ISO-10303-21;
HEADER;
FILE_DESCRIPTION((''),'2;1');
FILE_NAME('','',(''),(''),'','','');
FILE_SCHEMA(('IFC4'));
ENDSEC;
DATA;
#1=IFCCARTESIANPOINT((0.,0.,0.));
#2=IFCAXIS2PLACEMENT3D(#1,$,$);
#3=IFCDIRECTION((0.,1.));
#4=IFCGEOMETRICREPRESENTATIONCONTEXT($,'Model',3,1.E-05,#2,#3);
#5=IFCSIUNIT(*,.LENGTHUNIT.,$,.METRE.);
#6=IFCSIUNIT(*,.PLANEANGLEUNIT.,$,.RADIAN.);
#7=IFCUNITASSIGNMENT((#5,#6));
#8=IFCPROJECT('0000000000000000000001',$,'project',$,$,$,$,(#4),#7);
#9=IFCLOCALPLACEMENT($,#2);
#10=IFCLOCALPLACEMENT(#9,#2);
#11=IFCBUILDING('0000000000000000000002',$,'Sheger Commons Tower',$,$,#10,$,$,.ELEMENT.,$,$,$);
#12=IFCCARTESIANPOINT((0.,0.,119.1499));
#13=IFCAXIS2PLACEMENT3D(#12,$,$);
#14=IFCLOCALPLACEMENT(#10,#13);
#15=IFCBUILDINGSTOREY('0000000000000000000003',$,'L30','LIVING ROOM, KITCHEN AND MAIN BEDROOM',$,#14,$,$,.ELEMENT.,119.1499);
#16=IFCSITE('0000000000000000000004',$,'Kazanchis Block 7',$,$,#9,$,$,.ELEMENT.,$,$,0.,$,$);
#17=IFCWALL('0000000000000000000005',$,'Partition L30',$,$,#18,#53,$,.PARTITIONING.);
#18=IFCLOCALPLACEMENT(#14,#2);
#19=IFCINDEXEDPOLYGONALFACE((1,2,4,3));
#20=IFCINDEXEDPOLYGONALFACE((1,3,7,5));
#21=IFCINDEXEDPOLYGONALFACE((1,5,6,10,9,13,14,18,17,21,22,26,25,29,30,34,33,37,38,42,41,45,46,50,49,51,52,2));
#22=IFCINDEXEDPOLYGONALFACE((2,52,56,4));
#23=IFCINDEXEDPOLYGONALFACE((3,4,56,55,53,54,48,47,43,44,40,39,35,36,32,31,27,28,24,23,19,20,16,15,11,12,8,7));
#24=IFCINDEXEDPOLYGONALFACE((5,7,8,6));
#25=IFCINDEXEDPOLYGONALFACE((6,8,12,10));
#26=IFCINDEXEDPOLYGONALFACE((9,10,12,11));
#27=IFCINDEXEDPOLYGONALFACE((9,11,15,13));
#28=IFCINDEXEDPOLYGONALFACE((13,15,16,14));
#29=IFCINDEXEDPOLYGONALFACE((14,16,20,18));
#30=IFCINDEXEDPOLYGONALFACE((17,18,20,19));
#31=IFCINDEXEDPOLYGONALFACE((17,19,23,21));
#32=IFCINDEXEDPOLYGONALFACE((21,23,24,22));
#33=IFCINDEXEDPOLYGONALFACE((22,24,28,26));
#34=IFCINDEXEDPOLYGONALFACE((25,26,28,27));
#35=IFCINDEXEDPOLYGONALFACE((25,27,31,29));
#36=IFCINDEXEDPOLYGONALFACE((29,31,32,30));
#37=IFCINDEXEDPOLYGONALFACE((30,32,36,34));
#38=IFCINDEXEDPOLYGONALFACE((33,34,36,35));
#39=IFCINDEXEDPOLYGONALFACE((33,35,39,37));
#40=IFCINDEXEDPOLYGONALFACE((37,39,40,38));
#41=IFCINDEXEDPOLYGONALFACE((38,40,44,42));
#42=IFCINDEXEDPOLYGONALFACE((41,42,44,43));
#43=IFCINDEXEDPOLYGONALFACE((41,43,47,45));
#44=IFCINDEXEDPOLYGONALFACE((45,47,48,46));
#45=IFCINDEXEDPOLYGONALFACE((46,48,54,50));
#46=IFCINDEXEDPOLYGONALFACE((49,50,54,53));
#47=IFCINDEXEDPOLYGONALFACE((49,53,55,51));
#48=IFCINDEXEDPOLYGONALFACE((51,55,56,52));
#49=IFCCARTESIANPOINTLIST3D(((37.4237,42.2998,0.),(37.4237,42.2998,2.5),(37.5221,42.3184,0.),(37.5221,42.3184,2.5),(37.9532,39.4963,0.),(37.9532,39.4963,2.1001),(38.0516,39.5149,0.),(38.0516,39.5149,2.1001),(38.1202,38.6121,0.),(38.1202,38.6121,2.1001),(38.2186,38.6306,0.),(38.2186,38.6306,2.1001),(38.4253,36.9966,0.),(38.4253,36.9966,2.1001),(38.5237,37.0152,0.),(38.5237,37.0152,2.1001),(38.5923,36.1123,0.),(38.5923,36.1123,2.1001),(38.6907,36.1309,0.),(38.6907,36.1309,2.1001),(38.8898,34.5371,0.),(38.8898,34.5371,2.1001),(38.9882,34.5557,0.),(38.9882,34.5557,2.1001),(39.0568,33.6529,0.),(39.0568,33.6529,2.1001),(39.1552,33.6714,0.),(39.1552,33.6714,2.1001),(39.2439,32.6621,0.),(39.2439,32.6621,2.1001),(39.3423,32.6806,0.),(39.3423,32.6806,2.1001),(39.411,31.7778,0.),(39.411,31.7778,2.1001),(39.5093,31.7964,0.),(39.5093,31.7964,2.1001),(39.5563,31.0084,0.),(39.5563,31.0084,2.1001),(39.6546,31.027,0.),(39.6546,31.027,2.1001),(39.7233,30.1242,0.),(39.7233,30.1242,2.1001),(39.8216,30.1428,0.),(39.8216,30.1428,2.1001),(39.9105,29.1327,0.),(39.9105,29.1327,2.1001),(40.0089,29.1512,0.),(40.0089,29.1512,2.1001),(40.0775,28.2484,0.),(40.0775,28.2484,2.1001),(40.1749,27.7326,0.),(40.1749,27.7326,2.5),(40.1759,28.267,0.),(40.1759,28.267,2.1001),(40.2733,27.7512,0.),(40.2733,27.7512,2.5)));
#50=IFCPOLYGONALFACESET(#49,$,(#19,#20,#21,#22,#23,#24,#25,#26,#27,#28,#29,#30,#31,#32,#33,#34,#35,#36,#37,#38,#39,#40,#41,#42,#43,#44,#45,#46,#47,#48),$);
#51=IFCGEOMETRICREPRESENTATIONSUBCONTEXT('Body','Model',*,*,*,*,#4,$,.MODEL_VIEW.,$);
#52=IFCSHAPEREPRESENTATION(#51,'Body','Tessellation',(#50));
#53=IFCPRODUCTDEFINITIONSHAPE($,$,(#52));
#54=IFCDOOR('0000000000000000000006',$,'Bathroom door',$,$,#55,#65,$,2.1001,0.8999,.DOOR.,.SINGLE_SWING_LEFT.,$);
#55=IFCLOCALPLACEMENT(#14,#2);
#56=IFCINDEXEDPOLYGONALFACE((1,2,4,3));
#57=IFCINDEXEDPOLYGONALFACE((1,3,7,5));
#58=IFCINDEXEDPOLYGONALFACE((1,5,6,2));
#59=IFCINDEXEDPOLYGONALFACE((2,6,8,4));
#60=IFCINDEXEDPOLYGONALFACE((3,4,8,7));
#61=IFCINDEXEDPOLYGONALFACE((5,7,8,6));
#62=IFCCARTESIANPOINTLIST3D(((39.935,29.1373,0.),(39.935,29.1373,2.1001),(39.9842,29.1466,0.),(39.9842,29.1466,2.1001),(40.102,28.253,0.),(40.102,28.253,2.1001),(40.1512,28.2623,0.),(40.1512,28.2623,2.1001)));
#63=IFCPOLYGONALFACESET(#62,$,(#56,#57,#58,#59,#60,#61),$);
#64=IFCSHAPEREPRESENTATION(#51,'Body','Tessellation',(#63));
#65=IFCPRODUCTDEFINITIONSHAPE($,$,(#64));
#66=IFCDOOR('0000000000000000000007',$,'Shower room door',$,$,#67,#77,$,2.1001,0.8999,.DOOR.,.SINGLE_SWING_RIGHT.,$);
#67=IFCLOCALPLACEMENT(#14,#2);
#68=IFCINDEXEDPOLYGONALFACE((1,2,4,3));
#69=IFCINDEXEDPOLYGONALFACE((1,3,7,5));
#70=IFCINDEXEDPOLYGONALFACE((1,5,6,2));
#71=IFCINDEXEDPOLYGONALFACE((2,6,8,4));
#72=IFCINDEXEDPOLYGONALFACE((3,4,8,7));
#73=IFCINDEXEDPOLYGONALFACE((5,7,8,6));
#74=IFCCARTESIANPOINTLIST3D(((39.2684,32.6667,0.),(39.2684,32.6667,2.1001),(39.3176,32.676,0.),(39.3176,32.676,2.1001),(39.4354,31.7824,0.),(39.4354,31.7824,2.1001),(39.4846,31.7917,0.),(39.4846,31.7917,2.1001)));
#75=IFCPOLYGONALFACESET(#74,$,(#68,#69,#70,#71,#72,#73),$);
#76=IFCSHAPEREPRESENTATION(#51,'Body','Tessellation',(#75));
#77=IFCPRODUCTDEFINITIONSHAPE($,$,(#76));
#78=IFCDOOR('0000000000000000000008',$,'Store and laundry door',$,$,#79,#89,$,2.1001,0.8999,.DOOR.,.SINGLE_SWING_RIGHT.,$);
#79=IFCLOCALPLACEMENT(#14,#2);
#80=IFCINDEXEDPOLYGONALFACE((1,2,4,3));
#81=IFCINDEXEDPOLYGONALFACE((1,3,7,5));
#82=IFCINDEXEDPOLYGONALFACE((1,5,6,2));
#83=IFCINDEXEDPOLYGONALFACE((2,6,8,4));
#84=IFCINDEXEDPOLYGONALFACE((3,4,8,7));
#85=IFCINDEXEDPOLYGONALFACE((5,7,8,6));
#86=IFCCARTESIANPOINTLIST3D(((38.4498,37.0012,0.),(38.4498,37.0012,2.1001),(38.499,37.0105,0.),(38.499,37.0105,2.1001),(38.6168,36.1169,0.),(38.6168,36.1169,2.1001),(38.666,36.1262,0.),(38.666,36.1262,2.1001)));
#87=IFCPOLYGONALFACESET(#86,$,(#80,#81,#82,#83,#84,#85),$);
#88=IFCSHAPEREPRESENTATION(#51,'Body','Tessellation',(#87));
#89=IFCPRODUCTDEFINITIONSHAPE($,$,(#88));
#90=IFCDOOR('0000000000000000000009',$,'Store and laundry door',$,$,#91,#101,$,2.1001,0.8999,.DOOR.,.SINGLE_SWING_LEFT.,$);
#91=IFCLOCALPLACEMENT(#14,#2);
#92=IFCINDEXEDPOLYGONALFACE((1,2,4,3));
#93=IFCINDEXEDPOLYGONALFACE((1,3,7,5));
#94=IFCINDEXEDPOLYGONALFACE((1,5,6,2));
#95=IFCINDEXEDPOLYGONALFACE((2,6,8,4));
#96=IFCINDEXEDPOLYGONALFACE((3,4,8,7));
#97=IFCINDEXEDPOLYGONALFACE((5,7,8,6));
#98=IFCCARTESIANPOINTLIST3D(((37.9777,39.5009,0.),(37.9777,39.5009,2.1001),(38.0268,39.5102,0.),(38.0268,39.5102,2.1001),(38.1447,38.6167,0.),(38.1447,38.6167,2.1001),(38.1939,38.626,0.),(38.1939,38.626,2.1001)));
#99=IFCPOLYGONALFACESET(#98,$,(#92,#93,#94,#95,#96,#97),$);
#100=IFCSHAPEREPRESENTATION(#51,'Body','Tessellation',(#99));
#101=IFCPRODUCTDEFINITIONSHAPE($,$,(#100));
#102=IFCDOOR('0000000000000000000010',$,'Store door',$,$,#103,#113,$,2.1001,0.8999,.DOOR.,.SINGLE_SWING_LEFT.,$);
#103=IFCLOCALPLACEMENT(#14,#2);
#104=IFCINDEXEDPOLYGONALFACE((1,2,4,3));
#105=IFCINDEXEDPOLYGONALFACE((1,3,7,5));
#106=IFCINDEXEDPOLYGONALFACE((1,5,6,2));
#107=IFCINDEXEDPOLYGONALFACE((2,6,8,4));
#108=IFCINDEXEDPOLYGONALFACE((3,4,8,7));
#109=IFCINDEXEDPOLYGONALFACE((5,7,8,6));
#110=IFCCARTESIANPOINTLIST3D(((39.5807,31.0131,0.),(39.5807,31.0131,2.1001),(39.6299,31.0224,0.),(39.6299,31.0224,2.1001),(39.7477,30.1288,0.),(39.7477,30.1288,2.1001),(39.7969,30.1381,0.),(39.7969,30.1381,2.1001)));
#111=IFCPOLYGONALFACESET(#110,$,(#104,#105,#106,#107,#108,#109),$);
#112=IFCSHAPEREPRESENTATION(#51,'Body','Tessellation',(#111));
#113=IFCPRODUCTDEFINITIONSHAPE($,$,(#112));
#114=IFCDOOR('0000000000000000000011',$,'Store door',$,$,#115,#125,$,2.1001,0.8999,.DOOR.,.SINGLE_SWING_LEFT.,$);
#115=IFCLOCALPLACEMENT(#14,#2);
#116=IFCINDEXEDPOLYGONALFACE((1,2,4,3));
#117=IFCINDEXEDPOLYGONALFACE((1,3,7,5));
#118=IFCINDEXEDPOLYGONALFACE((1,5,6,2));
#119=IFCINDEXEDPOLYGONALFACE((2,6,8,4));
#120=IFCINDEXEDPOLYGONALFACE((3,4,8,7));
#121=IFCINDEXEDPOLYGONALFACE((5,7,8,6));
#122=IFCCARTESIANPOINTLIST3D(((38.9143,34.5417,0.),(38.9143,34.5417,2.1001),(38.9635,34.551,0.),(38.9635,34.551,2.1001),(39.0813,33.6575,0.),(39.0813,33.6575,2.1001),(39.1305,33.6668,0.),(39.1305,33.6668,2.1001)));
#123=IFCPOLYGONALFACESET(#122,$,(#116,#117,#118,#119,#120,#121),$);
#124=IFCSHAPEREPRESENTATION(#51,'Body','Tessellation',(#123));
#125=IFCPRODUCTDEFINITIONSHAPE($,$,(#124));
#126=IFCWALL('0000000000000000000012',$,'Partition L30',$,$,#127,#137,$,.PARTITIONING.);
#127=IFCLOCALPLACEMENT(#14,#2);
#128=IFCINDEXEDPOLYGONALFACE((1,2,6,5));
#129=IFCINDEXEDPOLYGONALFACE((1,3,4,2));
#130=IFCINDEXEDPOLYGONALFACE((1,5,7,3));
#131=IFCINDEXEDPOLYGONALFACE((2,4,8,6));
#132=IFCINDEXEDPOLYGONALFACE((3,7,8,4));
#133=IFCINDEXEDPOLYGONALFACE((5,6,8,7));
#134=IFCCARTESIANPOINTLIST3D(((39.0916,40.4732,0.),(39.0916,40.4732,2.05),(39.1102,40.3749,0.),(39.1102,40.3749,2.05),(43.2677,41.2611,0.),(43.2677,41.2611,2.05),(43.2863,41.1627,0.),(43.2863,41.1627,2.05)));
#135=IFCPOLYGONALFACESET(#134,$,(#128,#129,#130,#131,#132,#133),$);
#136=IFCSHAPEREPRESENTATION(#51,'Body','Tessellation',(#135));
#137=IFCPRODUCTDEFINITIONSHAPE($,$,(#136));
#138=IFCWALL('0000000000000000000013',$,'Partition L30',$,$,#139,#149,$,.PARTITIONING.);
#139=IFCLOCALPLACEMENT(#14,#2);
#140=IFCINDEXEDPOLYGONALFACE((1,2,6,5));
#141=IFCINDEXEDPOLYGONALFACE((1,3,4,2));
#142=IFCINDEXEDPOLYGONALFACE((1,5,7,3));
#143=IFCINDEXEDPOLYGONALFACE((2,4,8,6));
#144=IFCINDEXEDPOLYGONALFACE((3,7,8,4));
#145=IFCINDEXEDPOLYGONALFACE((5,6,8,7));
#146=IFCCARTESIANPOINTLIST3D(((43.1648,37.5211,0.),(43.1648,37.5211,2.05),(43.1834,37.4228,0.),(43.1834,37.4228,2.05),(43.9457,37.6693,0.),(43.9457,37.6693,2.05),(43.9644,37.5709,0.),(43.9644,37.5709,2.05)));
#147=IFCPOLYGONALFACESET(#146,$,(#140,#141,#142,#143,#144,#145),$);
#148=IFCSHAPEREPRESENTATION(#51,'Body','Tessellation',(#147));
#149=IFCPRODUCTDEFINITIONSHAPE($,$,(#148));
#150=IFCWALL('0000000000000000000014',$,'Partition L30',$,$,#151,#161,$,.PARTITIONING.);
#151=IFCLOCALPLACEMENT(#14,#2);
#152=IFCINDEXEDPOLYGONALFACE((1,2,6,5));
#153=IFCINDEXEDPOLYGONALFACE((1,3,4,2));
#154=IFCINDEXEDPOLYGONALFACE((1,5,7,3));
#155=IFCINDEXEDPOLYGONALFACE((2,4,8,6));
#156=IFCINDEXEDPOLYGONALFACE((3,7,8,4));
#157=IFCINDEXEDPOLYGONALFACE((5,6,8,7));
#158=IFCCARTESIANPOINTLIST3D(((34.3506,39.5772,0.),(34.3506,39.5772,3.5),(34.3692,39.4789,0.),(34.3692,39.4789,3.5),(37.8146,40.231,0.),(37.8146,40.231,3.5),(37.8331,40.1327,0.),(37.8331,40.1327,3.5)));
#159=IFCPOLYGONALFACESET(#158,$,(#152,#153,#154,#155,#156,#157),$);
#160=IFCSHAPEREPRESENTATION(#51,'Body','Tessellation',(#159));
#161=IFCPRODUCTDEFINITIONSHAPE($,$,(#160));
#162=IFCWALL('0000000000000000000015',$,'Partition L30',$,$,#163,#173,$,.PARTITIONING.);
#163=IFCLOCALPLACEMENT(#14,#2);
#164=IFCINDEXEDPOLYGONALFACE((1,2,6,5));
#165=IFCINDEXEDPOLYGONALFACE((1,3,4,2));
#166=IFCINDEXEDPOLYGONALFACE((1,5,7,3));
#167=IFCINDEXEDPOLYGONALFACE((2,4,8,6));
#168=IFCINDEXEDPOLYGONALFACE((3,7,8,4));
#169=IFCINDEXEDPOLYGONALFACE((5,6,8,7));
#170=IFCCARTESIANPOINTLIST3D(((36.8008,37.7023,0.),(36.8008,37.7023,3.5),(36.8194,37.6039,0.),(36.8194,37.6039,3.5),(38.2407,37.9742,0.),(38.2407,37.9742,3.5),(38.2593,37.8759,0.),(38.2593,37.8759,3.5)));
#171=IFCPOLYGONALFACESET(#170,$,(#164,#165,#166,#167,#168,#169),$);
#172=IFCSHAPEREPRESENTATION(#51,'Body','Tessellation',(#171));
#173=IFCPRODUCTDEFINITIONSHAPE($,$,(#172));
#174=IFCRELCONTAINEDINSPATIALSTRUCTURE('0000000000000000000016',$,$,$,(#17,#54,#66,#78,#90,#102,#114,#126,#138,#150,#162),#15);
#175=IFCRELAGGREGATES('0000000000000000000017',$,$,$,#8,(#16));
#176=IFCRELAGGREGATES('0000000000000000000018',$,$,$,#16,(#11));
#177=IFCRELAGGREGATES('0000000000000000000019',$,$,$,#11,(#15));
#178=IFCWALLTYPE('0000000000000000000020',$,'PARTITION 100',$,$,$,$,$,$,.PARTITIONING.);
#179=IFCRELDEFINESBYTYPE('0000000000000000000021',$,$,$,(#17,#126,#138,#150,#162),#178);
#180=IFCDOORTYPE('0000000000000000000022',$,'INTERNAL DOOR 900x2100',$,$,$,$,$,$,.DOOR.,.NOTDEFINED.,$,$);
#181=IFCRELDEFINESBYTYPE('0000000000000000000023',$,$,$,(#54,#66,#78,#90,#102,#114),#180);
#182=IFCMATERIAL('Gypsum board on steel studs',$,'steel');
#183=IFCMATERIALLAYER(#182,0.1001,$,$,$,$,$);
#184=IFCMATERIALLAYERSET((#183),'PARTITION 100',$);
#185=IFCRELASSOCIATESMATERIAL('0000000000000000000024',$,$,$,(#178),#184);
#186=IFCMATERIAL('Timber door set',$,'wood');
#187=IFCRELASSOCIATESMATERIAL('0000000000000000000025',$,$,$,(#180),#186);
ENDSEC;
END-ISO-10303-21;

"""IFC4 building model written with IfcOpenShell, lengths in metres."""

from ifc_helpers import new_model, si_unit, direction, frame, frame_2d, origin, place, context, subcontext, project, spatial, rectangle, extrude, material, layer, layer_set, type_object, element, fill, save


model = new_model("IFC4")

# Units and contexts
model_context = context("Model", 3, precision=1e-05, world=origin(), true_north=direction((0.0, 1.0)))
body_context = subcontext(model_context, "Body", "Model", "MODEL_VIEW")
ifc_project = project(units=[si_unit("LENGTHUNIT", "METRE"), si_unit("PLANEANGLEUNIT", "RADIAN")], contexts=[model_context])

# Site, building, storey
site_placement = place(None, origin())
site = spatial("IfcSite", under=ifc_project, at=site_placement, Name="Kazanchis Block 7", CompositionType="ELEMENT", RefElevation=0.0)
building_placement = place(site_placement, origin())
building = spatial("IfcBuilding", under=site, at=building_placement, Name="Sheger Commons Tower", CompositionType="ELEMENT")
storey_placement = place(building_placement, frame((0.0, 0.0, 119.1499)))
storey = spatial("IfcBuildingStorey", under=building, at=storey_placement, Name="L30", Description="LIVING ROOM, KITCHEN AND MAIN BEDROOM", CompositionType="ELEMENT", Elevation=119.1499)

# Shared definitions
ifc_material_1 = material(Name="Gypsum board on steel studs", Category="steel")
ifc_layer_1 = layer(ifc_material_1, 0.1001)
ifc_layer_set_1 = layer_set([ifc_layer_1], Name="PARTITION 100")
wall_type = type_object("IfcWallType", Name="PARTITION 100", PredefinedType="PARTITIONING", material=ifc_layer_set_1)

# Wall, openings, doors
ifc_material_2 = material(Name="Timber door set", Category="wood")
door_type = type_object("IfcDoorType", Name="INTERNAL DOOR 900x2100", OperationType="NOTDEFINED", PredefinedType="DOOR", material=ifc_material_2)
wall_1_placement = place(storey_placement, frame((37.4729, 42.3091, 0.0), z_axis=(0.0, 0.0, 1.0), x_axis=(0.185584, -0.982628, 0.0)))
wall_1 = element("IfcWall", 1, at=wall_1_placement, inside=storey, type_object=wall_type, Name="Partition L30", PredefinedType="PARTITIONING", context=body_context, shape_type="SweptSolid", body=[
    extrude(rectangle(XDim=14.8247, YDim=0.1001, at=frame_2d((7.4124, 0.0))), origin(), (0.0, 0.0, 1.0), 2.5),
])
opening_1_placement = place(wall_1_placement, frame((13.3999, 0.0, 0.0)))
opening_1 = element("IfcOpeningElement", 2, at=opening_1_placement, cuts=wall_1, PredefinedType="OPENING", context=body_context, shape_type="SweptSolid", body=[
    extrude(rectangle(XDim=0.8999, YDim=2.1001, at=frame_2d((0.45, 1.05))), frame((0.0, 0.0601, 0.0), z_axis=(0.0, -1.0, 0.0), x_axis=(1.0, 0.0, 0.0)), (0.0, 0.0, 1.0), 0.1201),
])
opening_2_placement = place(wall_1_placement, frame((9.8081, 0.0, 0.0)))
opening_2 = element("IfcOpeningElement", 3, at=opening_2_placement, cuts=wall_1, PredefinedType="OPENING", context=body_context, shape_type="SweptSolid", body=[
    extrude(rectangle(XDim=0.8999, YDim=2.1001, at=frame_2d((0.45, 1.05))), frame((0.0, 0.0601, 0.0), z_axis=(0.0, -1.0, 0.0), x_axis=(1.0, 0.0, 0.0)), (0.0, 0.0, 1.0), 0.1201),
])
opening_3_placement = place(wall_1_placement, frame((5.397, 0.0, 0.0)))
opening_3 = element("IfcOpeningElement", 4, at=opening_3_placement, cuts=wall_1, PredefinedType="OPENING", context=body_context, shape_type="SweptSolid", body=[
    extrude(rectangle(XDim=0.8999, YDim=2.1001, at=frame_2d((0.45, 1.05))), frame((0.0, 0.0601, 0.0), z_axis=(0.0, -1.0, 0.0), x_axis=(1.0, 0.0, 0.0)), (0.0, 0.0, 1.0), 0.1201),
])
opening_4_placement = place(wall_1_placement, frame((2.853, 0.0, 0.0)))
opening_4 = element("IfcOpeningElement", 5, at=opening_4_placement, cuts=wall_1, PredefinedType="OPENING", context=body_context, shape_type="SweptSolid", body=[
    extrude(rectangle(XDim=0.8999, YDim=2.1001, at=frame_2d((0.45, 1.05))), frame((0.0, 0.0601, 0.0), z_axis=(0.0, -1.0, 0.0), x_axis=(1.0, 0.0, 0.0)), (0.0, 0.0, 1.0), 0.1201),
])
opening_5_placement = place(wall_1_placement, frame((11.491, 0.0, 0.0)))
opening_5 = element("IfcOpeningElement", 6, at=opening_5_placement, cuts=wall_1, PredefinedType="OPENING", context=body_context, shape_type="SweptSolid", body=[
    extrude(rectangle(XDim=0.8999, YDim=2.1001, at=frame_2d((0.45, 1.05))), frame((0.0, 0.0601, 0.0), z_axis=(0.0, -1.0, 0.0), x_axis=(1.0, 0.0, 0.0)), (0.0, 0.0, 1.0), 0.1201),
])
opening_6_placement = place(wall_1_placement, frame((7.8999, 0.0, 0.0)))
opening_6 = element("IfcOpeningElement", 7, at=opening_6_placement, cuts=wall_1, PredefinedType="OPENING", context=body_context, shape_type="SweptSolid", body=[
    extrude(rectangle(XDim=0.8999, YDim=2.1001, at=frame_2d((0.45, 1.05))), frame((0.0, 0.0601, 0.0), z_axis=(0.0, -1.0, 0.0), x_axis=(1.0, 0.0, 0.0)), (0.0, 0.0, 1.0), 0.1201),
])
door_1_placement = place(opening_1_placement, origin())
door_1 = element("IfcDoor", 8, at=door_1_placement, inside=storey, type_object=door_type, Name="Bathroom door", OperationType="SINGLE_SWING_LEFT", OverallHeight=2.1001, OverallWidth=0.8999, PredefinedType="DOOR", context=body_context, shape_type="SweptSolid", body=[
    extrude(rectangle(XDim=0.8999, YDim=2.1001, at=frame_2d((0.45, 1.05))), frame((0.0, 0.0249, 0.0), z_axis=(0.0, -1.0, 0.0), x_axis=(1.0, 0.0, 0.0)), (0.0, 0.0, 1.0), 0.05),
])
fill(opening_1, door_1)
door_2_placement = place(opening_2_placement, origin())
door_2 = element("IfcDoor", 9, at=door_2_placement, inside=storey, type_object=door_type, Name="Shower room door", OperationType="SINGLE_SWING_RIGHT", OverallHeight=2.1001, OverallWidth=0.8999, PredefinedType="DOOR", context=body_context, shape_type="SweptSolid", body=[
    extrude(rectangle(XDim=0.8999, YDim=2.1001, at=frame_2d((0.45, 1.05))), frame((0.0, 0.0249, 0.0), z_axis=(0.0, -1.0, 0.0), x_axis=(1.0, 0.0, 0.0)), (0.0, 0.0, 1.0), 0.05),
])
fill(opening_2, door_2)
door_3_placement = place(opening_3_placement, origin())
door_3 = element("IfcDoor", 10, at=door_3_placement, inside=storey, type_object=door_type, Name="Store and laundry door", OperationType="SINGLE_SWING_RIGHT", OverallHeight=2.1001, OverallWidth=0.8999, PredefinedType="DOOR", context=body_context, shape_type="SweptSolid", body=[
    extrude(rectangle(XDim=0.8999, YDim=2.1001, at=frame_2d((0.45, 1.05))), frame((0.0, 0.0249, 0.0), z_axis=(0.0, -1.0, 0.0), x_axis=(1.0, 0.0, 0.0)), (0.0, 0.0, 1.0), 0.05),
])
fill(opening_3, door_3)
door_4_placement = place(opening_4_placement, origin())
door_4 = element("IfcDoor", 11, at=door_4_placement, inside=storey, type_object=door_type, Name="Store and laundry door", OperationType="SINGLE_SWING_LEFT", OverallHeight=2.1001, OverallWidth=0.8999, PredefinedType="DOOR", context=body_context, shape_type="SweptSolid", body=[
    extrude(rectangle(XDim=0.8999, YDim=2.1001, at=frame_2d((0.45, 1.05))), frame((0.0, 0.0249, 0.0), z_axis=(0.0, -1.0, 0.0), x_axis=(1.0, 0.0, 0.0)), (0.0, 0.0, 1.0), 0.05),
])
fill(opening_4, door_4)
door_5_placement = place(opening_5_placement, origin())
door_5 = element("IfcDoor", 12, at=door_5_placement, inside=storey, type_object=door_type, Name="Store door", OperationType="SINGLE_SWING_LEFT", OverallHeight=2.1001, OverallWidth=0.8999, PredefinedType="DOOR", context=body_context, shape_type="SweptSolid", body=[
    extrude(rectangle(XDim=0.8999, YDim=2.1001, at=frame_2d((0.45, 1.05))), frame((0.0, 0.0249, 0.0), z_axis=(0.0, -1.0, 0.0), x_axis=(1.0, 0.0, 0.0)), (0.0, 0.0, 1.0), 0.05),
])
fill(opening_5, door_5)
door_6_placement = place(opening_6_placement, origin())
door_6 = element("IfcDoor", 13, at=door_6_placement, inside=storey, type_object=door_type, Name="Store door", OperationType="SINGLE_SWING_LEFT", OverallHeight=2.1001, OverallWidth=0.8999, PredefinedType="DOOR", context=body_context, shape_type="SweptSolid", body=[
    extrude(rectangle(XDim=0.8999, YDim=2.1001, at=frame_2d((0.45, 1.05))), frame((0.0, 0.0249, 0.0), z_axis=(0.0, -1.0, 0.0), x_axis=(1.0, 0.0, 0.0)), (0.0, 0.0, 1.0), 0.05),
])
fill(opening_6, door_6)

# Walls
wall_2_placement = place(storey_placement, frame((43.2771, 41.2119, 0.0), z_axis=(0.0, 0.0, 1.0), x_axis=(-0.982665, -0.185388, 0.0)))
element("IfcWall", 14, at=wall_2_placement, inside=storey, type_object=wall_type, Name="Partition L30", PredefinedType="PARTITIONING", context=body_context, shape_type="SweptSolid", body=[
    extrude(rectangle(XDim=4.2498, YDim=0.1001, at=frame_2d((2.125, 0.0))), origin(), (0.0, 0.0, 1.0), 2.05),
])
wall_3_placement = place(storey_placement, frame((43.9551, 37.6201, 0.0), z_axis=(0.0, 0.0, 1.0), x_axis=(-0.98247, -0.186421, 0.0)))
element("IfcWall", 15, at=wall_3_placement, inside=storey, type_object=wall_type, Name="Partition L30", PredefinedType="PARTITIONING", context=body_context, shape_type="SweptSolid", body=[
    extrude(rectangle(XDim=0.7949, YDim=0.1001, at=frame_2d((0.3975, 0.0))), origin(), (0.0, 0.0, 1.0), 2.05),
])
wall_4_placement = place(storey_placement, frame((37.824, 40.1819, 0.0), z_axis=(0.0, 0.0, 1.0), x_axis=(-0.982649, -0.185476, 0.0)))
element("IfcWall", 16, at=wall_4_placement, inside=storey, type_object=wall_type, Name="Partition L30", PredefinedType="PARTITIONING", context=body_context, shape_type="SweptSolid", body=[
    extrude(rectangle(XDim=3.5251, YDim=0.1001, at=frame_2d((1.7627, 0.0))), origin(), (0.0, 0.0, 1.0), 3.5),
])
wall_5_placement = place(storey_placement, frame((38.25, 37.925, 0.0), z_axis=(0.0, 0.0, 1.0), x_axis=(-0.982626, -0.185596, 0.0)))
element("IfcWall", 17, at=wall_5_placement, inside=storey, type_object=wall_type, Name="Partition L30", PredefinedType="PARTITIONING", context=body_context, shape_type="SweptSolid", body=[
    extrude(rectangle(XDim=1.4653, YDim=0.1001, at=frame_2d((0.7327, 0.0))), origin(), (0.0, 0.0, 1.0), 3.5),
])

save(model, "model.ifc")
